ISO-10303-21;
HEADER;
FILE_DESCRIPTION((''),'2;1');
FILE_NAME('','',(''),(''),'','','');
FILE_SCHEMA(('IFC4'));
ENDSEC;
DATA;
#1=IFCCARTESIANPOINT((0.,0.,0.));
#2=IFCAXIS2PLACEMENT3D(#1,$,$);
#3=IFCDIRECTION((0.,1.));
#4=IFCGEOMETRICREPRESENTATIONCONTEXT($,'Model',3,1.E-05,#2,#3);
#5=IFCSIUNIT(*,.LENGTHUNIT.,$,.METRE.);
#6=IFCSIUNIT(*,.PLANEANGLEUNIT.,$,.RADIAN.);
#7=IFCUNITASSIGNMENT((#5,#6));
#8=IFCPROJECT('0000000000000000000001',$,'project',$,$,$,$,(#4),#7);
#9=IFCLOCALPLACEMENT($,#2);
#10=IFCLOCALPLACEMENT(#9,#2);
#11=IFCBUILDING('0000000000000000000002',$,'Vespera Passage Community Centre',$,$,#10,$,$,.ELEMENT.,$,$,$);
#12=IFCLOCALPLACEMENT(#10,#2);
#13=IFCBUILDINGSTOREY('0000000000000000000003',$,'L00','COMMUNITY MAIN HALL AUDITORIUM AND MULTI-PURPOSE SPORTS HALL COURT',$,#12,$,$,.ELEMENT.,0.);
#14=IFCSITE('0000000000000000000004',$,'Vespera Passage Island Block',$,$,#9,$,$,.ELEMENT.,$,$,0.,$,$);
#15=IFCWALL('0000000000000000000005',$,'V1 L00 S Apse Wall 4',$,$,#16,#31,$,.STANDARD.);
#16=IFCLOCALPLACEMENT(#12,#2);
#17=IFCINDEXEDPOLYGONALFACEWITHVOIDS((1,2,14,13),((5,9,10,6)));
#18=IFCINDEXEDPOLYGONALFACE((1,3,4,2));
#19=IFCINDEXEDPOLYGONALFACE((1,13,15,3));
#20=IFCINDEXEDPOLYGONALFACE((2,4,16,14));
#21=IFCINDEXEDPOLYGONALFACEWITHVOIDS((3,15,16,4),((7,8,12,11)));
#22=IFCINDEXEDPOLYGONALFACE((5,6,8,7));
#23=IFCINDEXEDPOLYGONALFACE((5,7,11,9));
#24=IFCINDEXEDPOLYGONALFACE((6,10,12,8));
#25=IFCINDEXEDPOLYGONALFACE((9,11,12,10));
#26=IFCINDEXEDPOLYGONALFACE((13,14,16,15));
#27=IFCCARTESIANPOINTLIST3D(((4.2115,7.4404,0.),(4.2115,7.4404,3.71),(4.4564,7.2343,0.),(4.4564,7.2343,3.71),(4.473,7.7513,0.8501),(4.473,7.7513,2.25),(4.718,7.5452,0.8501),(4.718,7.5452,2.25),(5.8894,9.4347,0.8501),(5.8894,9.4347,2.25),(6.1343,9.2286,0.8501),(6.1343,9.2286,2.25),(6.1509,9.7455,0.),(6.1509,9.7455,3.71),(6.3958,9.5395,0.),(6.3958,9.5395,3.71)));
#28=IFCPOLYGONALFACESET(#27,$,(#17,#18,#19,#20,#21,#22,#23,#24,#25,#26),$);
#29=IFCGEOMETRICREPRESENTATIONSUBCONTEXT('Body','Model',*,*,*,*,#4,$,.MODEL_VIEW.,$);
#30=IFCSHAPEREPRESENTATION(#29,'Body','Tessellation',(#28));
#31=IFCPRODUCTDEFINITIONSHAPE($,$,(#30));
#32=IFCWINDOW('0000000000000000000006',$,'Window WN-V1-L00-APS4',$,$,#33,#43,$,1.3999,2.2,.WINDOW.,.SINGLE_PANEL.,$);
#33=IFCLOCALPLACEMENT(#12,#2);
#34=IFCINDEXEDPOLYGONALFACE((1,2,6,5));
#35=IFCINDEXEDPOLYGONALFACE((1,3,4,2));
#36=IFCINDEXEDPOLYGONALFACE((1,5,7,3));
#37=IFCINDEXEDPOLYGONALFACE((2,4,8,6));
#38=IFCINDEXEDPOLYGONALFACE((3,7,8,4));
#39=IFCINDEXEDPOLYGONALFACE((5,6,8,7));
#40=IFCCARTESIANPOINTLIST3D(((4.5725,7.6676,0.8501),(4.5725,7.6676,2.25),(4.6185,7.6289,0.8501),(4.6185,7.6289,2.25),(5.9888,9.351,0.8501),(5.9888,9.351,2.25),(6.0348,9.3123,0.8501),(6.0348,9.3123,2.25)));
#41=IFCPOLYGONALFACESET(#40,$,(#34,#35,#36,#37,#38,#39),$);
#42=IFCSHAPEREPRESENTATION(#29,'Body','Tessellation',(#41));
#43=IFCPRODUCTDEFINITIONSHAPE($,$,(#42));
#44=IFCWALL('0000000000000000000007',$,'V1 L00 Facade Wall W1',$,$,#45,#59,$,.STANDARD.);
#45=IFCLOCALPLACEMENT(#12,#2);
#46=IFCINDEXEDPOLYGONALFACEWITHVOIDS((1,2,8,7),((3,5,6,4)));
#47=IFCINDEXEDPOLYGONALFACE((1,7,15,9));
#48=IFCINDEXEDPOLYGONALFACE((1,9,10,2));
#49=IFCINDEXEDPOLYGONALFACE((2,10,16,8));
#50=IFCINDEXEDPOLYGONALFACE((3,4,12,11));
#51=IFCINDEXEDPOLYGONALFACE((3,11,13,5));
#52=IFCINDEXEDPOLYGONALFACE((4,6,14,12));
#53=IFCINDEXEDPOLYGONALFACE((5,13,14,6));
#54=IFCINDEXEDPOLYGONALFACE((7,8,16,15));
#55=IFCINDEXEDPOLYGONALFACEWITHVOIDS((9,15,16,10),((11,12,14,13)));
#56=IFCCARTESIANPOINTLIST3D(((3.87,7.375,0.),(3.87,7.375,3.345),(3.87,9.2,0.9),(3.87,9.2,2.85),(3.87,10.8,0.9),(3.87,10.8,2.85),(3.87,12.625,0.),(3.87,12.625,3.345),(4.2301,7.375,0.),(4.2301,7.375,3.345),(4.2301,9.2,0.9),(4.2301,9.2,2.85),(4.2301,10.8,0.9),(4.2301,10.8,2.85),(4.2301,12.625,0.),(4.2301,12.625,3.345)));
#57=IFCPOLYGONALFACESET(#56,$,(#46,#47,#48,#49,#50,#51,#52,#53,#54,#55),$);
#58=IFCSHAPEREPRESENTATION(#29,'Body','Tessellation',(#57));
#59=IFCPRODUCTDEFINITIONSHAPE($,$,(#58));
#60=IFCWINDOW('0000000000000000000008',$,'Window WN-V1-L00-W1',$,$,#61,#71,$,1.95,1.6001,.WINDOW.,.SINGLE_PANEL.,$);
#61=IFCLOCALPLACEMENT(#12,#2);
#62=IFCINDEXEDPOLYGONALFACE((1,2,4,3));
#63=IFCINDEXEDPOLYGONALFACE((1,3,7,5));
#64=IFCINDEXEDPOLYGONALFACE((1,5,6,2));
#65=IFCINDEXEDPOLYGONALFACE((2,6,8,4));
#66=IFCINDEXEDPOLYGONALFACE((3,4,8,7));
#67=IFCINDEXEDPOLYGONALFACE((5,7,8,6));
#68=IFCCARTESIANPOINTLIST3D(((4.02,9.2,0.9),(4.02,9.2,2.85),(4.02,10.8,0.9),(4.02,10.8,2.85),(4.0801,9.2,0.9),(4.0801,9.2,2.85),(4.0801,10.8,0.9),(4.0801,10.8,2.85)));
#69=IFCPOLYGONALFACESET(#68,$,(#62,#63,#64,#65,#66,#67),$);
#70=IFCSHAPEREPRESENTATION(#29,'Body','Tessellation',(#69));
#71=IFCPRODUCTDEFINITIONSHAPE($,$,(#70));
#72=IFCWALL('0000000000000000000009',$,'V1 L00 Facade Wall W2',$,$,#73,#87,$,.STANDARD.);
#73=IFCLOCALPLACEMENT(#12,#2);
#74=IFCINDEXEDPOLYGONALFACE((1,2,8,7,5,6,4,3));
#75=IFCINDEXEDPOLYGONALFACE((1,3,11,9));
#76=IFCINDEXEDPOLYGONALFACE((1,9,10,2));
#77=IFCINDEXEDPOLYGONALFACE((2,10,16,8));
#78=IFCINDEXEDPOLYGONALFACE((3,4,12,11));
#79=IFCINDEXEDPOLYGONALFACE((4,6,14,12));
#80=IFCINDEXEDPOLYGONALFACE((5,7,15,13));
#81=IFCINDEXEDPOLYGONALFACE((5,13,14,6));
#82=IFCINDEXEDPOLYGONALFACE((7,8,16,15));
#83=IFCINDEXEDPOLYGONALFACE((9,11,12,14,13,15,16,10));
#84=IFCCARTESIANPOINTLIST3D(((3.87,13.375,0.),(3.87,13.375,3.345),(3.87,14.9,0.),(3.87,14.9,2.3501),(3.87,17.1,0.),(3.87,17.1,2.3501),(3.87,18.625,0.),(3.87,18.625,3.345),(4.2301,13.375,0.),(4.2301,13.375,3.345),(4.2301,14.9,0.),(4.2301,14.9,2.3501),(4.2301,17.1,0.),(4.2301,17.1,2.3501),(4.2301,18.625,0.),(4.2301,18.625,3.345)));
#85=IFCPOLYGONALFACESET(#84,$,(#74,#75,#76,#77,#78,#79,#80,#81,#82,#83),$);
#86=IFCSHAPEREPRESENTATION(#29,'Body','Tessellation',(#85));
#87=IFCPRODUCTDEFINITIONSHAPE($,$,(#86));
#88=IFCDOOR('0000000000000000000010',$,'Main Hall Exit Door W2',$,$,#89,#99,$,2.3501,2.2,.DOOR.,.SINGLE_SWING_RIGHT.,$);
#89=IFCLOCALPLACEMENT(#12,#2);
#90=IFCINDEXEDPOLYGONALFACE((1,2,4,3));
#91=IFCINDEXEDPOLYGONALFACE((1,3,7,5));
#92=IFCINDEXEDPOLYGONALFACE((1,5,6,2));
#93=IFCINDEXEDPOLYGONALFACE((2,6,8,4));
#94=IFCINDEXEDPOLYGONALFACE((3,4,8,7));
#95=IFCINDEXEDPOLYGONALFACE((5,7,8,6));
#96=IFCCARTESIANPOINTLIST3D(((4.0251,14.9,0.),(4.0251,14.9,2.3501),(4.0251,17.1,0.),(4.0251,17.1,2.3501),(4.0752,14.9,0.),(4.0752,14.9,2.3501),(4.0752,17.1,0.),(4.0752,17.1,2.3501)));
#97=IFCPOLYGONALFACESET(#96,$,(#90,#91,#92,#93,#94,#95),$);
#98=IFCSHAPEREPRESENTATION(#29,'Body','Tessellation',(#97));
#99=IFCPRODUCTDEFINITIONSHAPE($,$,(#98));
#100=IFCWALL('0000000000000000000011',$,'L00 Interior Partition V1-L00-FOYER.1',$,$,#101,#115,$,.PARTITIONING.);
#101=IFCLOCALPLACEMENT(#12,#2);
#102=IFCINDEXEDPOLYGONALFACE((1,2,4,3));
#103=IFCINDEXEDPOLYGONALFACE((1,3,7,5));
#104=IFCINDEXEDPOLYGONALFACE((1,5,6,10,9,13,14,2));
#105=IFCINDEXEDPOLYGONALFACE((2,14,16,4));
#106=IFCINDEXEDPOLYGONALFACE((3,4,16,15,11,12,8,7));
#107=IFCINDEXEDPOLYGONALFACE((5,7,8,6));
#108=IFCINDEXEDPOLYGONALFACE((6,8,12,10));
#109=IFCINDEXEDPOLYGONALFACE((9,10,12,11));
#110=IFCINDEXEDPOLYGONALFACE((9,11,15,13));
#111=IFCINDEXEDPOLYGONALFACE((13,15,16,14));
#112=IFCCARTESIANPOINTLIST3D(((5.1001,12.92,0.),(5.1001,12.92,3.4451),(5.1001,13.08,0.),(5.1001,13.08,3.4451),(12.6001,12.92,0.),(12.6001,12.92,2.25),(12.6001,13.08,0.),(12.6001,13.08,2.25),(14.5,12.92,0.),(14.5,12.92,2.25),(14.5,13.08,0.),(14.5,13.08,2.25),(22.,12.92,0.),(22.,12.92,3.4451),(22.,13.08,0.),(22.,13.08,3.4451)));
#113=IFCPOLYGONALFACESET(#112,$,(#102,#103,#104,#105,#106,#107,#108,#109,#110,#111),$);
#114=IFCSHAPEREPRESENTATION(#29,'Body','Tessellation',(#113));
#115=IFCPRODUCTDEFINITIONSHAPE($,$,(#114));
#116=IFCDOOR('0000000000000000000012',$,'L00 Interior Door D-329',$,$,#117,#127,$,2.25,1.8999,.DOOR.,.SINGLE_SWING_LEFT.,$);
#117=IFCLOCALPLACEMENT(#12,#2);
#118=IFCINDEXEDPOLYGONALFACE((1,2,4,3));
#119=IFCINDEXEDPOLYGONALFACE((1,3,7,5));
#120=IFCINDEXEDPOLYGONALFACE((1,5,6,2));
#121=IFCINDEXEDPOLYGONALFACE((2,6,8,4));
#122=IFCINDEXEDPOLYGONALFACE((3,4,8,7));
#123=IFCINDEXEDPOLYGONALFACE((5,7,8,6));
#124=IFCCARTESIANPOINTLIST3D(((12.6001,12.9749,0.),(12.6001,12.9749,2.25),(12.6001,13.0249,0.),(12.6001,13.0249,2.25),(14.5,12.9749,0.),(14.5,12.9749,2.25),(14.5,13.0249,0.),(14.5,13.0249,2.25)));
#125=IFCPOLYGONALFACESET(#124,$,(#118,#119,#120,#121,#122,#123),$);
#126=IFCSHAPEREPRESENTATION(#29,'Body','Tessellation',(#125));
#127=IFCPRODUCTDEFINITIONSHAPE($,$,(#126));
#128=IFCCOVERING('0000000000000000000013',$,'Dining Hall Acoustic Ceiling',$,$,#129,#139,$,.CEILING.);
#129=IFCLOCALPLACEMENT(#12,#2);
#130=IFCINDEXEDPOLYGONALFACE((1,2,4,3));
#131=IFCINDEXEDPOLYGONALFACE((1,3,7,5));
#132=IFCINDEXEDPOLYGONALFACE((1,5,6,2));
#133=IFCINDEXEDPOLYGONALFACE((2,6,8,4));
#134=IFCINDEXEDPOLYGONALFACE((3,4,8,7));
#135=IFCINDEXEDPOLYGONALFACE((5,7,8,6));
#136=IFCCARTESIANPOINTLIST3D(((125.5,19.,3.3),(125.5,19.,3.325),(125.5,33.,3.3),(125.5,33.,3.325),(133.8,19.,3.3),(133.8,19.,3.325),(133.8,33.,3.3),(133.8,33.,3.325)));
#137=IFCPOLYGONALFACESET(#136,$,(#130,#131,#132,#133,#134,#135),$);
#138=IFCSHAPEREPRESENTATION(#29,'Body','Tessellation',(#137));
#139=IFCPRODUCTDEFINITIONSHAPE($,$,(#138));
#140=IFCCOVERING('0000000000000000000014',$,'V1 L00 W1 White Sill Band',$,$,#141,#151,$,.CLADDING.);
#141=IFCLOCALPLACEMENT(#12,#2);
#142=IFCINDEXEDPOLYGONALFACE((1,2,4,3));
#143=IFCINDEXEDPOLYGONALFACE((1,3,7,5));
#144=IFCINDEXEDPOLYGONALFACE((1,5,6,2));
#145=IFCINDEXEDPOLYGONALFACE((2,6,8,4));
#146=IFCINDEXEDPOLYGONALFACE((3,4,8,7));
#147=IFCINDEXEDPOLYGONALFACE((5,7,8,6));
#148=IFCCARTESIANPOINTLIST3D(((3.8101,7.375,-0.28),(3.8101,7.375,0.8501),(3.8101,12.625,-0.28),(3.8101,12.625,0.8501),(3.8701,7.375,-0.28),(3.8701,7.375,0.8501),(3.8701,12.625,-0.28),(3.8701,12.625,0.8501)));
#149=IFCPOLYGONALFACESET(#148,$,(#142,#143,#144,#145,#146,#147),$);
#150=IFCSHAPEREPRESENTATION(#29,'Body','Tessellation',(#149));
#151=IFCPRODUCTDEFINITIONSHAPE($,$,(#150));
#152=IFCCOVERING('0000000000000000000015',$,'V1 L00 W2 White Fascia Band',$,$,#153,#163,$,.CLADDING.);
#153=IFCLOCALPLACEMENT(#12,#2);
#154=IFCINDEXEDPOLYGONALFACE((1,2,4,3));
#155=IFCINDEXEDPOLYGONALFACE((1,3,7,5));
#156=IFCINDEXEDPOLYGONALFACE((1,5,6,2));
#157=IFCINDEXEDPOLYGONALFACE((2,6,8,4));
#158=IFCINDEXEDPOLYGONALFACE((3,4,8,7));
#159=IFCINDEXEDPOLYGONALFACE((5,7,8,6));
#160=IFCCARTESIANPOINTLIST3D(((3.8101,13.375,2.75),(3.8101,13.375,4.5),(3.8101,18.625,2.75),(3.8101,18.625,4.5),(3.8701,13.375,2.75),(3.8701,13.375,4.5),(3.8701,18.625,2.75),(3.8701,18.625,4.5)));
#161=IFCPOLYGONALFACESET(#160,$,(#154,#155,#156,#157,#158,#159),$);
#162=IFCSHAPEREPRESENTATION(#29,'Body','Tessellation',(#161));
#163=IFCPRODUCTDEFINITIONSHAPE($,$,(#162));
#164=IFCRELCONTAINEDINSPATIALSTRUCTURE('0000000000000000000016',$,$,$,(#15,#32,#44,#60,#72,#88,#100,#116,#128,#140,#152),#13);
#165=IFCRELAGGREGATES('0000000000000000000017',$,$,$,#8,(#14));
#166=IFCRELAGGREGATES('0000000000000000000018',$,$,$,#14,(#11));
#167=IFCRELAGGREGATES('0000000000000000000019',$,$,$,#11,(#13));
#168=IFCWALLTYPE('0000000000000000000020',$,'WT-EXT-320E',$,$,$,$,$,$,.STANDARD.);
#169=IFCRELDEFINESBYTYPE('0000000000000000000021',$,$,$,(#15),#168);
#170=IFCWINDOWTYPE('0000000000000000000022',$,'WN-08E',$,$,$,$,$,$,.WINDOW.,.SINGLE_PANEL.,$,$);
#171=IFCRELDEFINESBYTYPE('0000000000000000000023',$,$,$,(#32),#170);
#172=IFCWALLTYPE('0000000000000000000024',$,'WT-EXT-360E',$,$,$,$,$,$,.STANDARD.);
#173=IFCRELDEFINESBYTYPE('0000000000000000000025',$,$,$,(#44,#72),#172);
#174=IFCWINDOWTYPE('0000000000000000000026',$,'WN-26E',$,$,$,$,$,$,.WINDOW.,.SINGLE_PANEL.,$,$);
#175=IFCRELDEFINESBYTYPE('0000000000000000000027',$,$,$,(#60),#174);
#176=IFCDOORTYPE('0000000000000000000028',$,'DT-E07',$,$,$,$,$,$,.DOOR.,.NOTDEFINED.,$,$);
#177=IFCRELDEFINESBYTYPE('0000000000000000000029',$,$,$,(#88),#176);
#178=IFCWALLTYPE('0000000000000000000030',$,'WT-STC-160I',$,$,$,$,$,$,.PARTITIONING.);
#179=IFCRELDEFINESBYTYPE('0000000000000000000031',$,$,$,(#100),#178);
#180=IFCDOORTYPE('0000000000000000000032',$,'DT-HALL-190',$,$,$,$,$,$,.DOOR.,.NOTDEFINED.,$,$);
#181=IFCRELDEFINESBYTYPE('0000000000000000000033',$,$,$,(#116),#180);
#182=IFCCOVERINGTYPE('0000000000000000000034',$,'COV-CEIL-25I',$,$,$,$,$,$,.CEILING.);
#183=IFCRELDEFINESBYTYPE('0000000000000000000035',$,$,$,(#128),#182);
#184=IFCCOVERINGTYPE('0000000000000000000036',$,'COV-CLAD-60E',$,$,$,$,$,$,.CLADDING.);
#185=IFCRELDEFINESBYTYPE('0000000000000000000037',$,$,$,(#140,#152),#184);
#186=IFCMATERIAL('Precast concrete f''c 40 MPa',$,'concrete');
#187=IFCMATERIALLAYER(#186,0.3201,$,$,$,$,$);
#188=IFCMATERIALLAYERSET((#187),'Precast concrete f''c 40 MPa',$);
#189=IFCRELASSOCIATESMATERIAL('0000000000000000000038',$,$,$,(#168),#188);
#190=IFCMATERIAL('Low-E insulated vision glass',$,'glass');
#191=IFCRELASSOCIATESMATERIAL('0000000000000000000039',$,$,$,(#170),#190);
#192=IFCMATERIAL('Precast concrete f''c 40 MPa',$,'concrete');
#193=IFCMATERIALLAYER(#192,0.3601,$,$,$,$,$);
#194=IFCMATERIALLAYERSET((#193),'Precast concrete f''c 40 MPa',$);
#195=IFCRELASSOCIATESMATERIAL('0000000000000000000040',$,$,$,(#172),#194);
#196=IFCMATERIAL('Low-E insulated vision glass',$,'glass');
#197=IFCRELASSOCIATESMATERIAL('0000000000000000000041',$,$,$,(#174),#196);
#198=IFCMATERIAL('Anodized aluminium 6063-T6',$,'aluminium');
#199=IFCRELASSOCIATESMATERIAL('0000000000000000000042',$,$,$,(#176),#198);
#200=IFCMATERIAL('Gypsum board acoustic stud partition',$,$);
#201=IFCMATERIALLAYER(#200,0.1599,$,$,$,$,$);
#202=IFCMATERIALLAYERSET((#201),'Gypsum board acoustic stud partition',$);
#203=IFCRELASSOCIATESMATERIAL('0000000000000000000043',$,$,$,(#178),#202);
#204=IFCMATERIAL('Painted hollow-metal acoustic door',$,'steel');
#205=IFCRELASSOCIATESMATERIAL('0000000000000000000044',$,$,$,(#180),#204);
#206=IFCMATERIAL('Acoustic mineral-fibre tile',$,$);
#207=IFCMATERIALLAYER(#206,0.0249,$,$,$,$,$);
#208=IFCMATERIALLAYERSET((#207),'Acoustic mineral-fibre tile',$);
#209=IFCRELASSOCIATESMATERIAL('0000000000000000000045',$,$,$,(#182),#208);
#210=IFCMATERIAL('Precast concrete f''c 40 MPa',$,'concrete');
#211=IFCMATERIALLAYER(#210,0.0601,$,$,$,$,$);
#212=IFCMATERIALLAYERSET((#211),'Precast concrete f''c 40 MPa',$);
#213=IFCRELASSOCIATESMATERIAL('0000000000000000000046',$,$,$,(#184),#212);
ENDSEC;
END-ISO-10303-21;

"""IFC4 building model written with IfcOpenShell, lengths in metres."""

from ifc_helpers import new_model, si_unit, direction, frame, frame_2d, origin, place, context, subcontext, project, spatial, polyline, rectangle, outline, extrude, material, layer, layer_set, type_object, element, fill, save


model = new_model("IFC4")

# Units and contexts
model_context = context("Model", 3, precision=1e-05, world=origin(), true_north=direction((0.0, 1.0)))
body_context = subcontext(model_context, "Body", "Model", "MODEL_VIEW")
ifc_project = project(units=[si_unit("LENGTHUNIT", "METRE"), si_unit("PLANEANGLEUNIT", "RADIAN")], contexts=[model_context])

# Site, building, storey
site_placement = place(None, origin())
site = spatial("IfcSite", under=ifc_project, at=site_placement, Name="Vespera Passage Island Block", CompositionType="ELEMENT", RefElevation=0.0)
building_placement = place(site_placement, origin())
building = spatial("IfcBuilding", under=site, at=building_placement, Name="Vespera Passage Community Centre", CompositionType="ELEMENT")
storey_placement = place(building_placement, origin())
storey = spatial("IfcBuildingStorey", under=building, at=storey_placement, Name="L00", Description="COMMUNITY MAIN HALL AUDITORIUM AND MULTI-PURPOSE SPORTS HALL COURT", CompositionType="ELEMENT", Elevation=0.0)

# Walls, openings, windows
ifc_material_1 = material(Name="Precast concrete f'c 40 MPa", Category="concrete")
ifc_layer_1 = layer(ifc_material_1, 0.3201)
ifc_layer_set_1 = layer_set([ifc_layer_1], Name="Precast concrete f'c 40 MPa")
wall_type_1 = type_object("IfcWallType", Name="WT-EXT-320E", PredefinedType="STANDARD", material=ifc_layer_set_1)
wall_1_placement = place(storey_placement, frame((6.2734, 9.6426, 0.0), z_axis=(0.0, 0.0, 1.0), x_axis=(-0.643796, -0.765197, 0.0)))
wall_1 = element("IfcWall", 1, at=wall_1_placement, inside=storey, type_object=wall_type_1, Name="V1 L00 S Apse Wall 4", PredefinedType="STANDARD", context=body_context, shape_type="SweptSolid", body=[
    extrude(rectangle(XDim=3.0125, YDim=0.3201, at=frame_2d((1.5063, 0.0))), origin(), (0.0, 0.0, 1.0), 3.71),
])
opening_1_placement = place(wall_1_placement, frame((0.4062, 0.0, 0.8501)))
opening_1 = element("IfcOpeningElement", 2, at=opening_1_placement, cuts=wall_1, PredefinedType="OPENING", context=body_context, shape_type="SweptSolid", body=[
    extrude(rectangle(XDim=2.2, YDim=1.3999, at=frame_2d((1.1001, 0.7))), frame((0.0, 0.1702, 0.0), z_axis=(0.0, -1.0, 0.0), x_axis=(1.0, 0.0, 0.0)), (0.0, 0.0, 1.0), 0.3401),
])
ifc_material_2 = material(Name="Low-E insulated vision glass", Category="glass")
window_type_1 = type_object("IfcWindowType", Name="WN-08E", PartitioningType="SINGLE_PANEL", PredefinedType="WINDOW", material=ifc_material_2)
window_1_placement = place(opening_1_placement, origin())
window_1 = element("IfcWindow", 3, at=window_1_placement, inside=storey, type_object=window_type_1, Name="Window WN-V1-L00-APS4", OverallHeight=1.3999, OverallWidth=2.2, PartitioningType="SINGLE_PANEL", PredefinedType="WINDOW", context=body_context, shape_type="SweptSolid", body=[
    extrude(rectangle(XDim=2.2, YDim=1.3999, at=frame_2d((1.1001, 0.7))), frame((0.0, 0.03, 0.0), z_axis=(0.0, -1.0, 0.0), x_axis=(1.0, 0.0, 0.0)), (0.0, 0.0, 1.0), 0.0601),
])
fill(opening_1, window_1)
ifc_material_3 = material(Name="Precast concrete f'c 40 MPa", Category="concrete")
ifc_layer_2 = layer(ifc_material_3, 0.3601)
ifc_layer_set_2 = layer_set([ifc_layer_2], Name="Precast concrete f'c 40 MPa")
wall_type_2 = type_object("IfcWallType", Name="WT-EXT-360E", PredefinedType="STANDARD", material=ifc_layer_set_2)
wall_2_placement = place(storey_placement, frame((4.05, 7.375, 0.0), z_axis=(0.0, 0.0, 1.0), x_axis=(0.0, 1.0, 0.0)))
wall_2 = element("IfcWall", 4, at=wall_2_placement, inside=storey, type_object=wall_type_2, Name="V1 L00 Facade Wall W1", PredefinedType="STANDARD", context=body_context, shape_type="SweptSolid", body=[
    extrude(rectangle(XDim=5.25, YDim=0.3601, at=frame_2d((2.625, 0.0))), origin(), (0.0, 0.0, 1.0), 3.345),
])
opening_2_placement = place(wall_2_placement, frame((1.825, 0.0, 0.8999)))
opening_2 = element("IfcOpeningElement", 5, at=opening_2_placement, cuts=wall_2, PredefinedType="OPENING", context=body_context, shape_type="SweptSolid", body=[
    extrude(rectangle(XDim=1.6001, YDim=1.95, at=frame_2d((0.8, 0.9751))), frame((0.0, 0.1902, 0.0), z_axis=(0.0, -1.0, 0.0), x_axis=(1.0, 0.0, 0.0)), (0.0, 0.0, 1.0), 0.3801),
])
ifc_material_4 = material(Name="Low-E insulated vision glass", Category="glass")
window_type_2 = type_object("IfcWindowType", Name="WN-26E", PartitioningType="SINGLE_PANEL", PredefinedType="WINDOW", material=ifc_material_4)
window_2_placement = place(opening_2_placement, origin())
window_2 = element("IfcWindow", 6, at=window_2_placement, inside=storey, type_object=window_type_2, Name="Window WN-V1-L00-W1", OverallHeight=1.95, OverallWidth=1.6001, PartitioningType="SINGLE_PANEL", PredefinedType="WINDOW", context=body_context, shape_type="SweptSolid", body=[
    extrude(rectangle(XDim=1.6001, YDim=1.95, at=frame_2d((0.8, 0.9751))), frame((0.0, 0.03, 0.0), z_axis=(0.0, -1.0, 0.0), x_axis=(1.0, 0.0, 0.0)), (0.0, 0.0, 1.0), 0.0601),
])
fill(opening_2, window_2)

# Walls, openings, doors
wall_3_placement = place(storey_placement, frame((4.05, 13.375, 0.0), z_axis=(0.0, 0.0, 1.0), x_axis=(0.0, 1.0, 0.0)))
wall_3 = element("IfcWall", 7, at=wall_3_placement, inside=storey, type_object=wall_type_2, Name="V1 L00 Facade Wall W2", PredefinedType="STANDARD", context=body_context, shape_type="SweptSolid", body=[
    extrude(rectangle(XDim=5.25, YDim=0.3601, at=frame_2d((2.625, 0.0))), origin(), (0.0, 0.0, 1.0), 3.345),
])
opening_3_placement = place(wall_3_placement, frame((1.5249, 0.0, 0.0)))
opening_3 = element("IfcOpeningElement", 8, at=opening_3_placement, cuts=wall_3, PredefinedType="OPENING", context=body_context, shape_type="SweptSolid", body=[
    extrude(rectangle(XDim=2.2, YDim=2.3501, at=frame_2d((1.1001, 1.175))), frame((0.0, 0.1902, 0.0), z_axis=(0.0, -1.0, 0.0), x_axis=(1.0, 0.0, 0.0)), (0.0, 0.0, 1.0), 0.3801),
])
ifc_material_5 = material(Name="Anodized aluminium 6063-T6", Category="aluminium")
door_type_1 = type_object("IfcDoorType", Name="DT-E07", OperationType="NOTDEFINED", PredefinedType="DOOR", material=ifc_material_5)
door_1_placement = place(opening_3_placement, origin())
door_1 = element("IfcDoor", 9, at=door_1_placement, inside=storey, type_object=door_type_1, Name="Main Hall Exit Door W2", OperationType="SINGLE_SWING_RIGHT", OverallHeight=2.3501, OverallWidth=2.2, PredefinedType="DOOR", context=body_context, shape_type="SweptSolid", body=[
    extrude(rectangle(XDim=2.2, YDim=2.3501, at=frame_2d((1.1001, 1.175))), frame((0.0, 0.0249, 0.0), z_axis=(0.0, -1.0, 0.0), x_axis=(1.0, 0.0, 0.0)), (0.0, 0.0, 1.0), 0.05),
])
fill(opening_3, door_1)
ifc_material_6 = material(Name="Gypsum board acoustic stud partition")
ifc_layer_3 = layer(ifc_material_6, 0.1599)
ifc_layer_set_3 = layer_set([ifc_layer_3], Name="Gypsum board acoustic stud partition")
wall_type_3 = type_object("IfcWallType", Name="WT-STC-160I", PredefinedType="PARTITIONING", material=ifc_layer_set_3)
wall_4_placement = place(storey_placement, frame((5.1001, 13.0, 0.0), z_axis=(0.0, 0.0, 1.0), x_axis=(1.0, 0.0, 0.0)))
wall_4 = element("IfcWall", 10, at=wall_4_placement, inside=storey, type_object=wall_type_3, Name="L00 Interior Partition V1-L00-FOYER.1", PredefinedType="PARTITIONING", context=body_context, shape_type="SweptSolid", body=[
    extrude(rectangle(XDim=16.8999, YDim=0.1599, at=frame_2d((8.45, 0.0))), origin(), (0.0, 0.0, 1.0), 3.4451),
])
opening_4_placement = place(wall_4_placement, frame((7.5, 0.0, 0.0)))
opening_4 = element("IfcOpeningElement", 11, at=opening_4_placement, cuts=wall_4, PredefinedType="OPENING", context=body_context, shape_type="SweptSolid", body=[
    extrude(rectangle(XDim=1.8999, YDim=2.25, at=frame_2d((0.95, 1.125))), frame((0.0, 0.0901, 0.0), z_axis=(0.0, -1.0, 0.0), x_axis=(1.0, 0.0, 0.0)), (0.0, 0.0, 1.0), 0.1799),
])
ifc_material_7 = material(Name="Painted hollow-metal acoustic door", Category="steel")
door_type_2 = type_object("IfcDoorType", Name="DT-HALL-190", OperationType="NOTDEFINED", PredefinedType="DOOR", material=ifc_material_7)
door_2_placement = place(opening_4_placement, origin())
door_2 = element("IfcDoor", 12, at=door_2_placement, inside=storey, type_object=door_type_2, Name="L00 Interior Door D-329", OperationType="SINGLE_SWING_LEFT", OverallHeight=2.25, OverallWidth=1.8999, PredefinedType="DOOR", context=body_context, shape_type="SweptSolid", body=[
    extrude(rectangle(XDim=1.8999, YDim=2.25, at=frame_2d((0.95, 1.125))), frame((0.0, 0.0249, 0.0), z_axis=(0.0, -1.0, 0.0), x_axis=(1.0, 0.0, 0.0)), (0.0, 0.0, 1.0), 0.05),
])
fill(opening_4, door_2)

# Coverings
ifc_material_8 = material(Name="Acoustic mineral-fibre tile")
ifc_layer_4 = layer(ifc_material_8, 0.0249)
ifc_layer_set_4 = layer_set([ifc_layer_4], Name="Acoustic mineral-fibre tile")
covering_type_1 = type_object("IfcCoveringType", Name="COV-CEIL-25I", PredefinedType="CEILING", material=ifc_layer_set_4)
covering_1_placement = place(storey_placement, frame((0.0, 0.0, 3.3)))
element("IfcCovering", 13, at=covering_1_placement, inside=storey, type_object=covering_type_1, Name="Dining Hall Acoustic Ceiling", PredefinedType="CEILING", context=body_context, shape_type="SweptSolid", body=[
    extrude(outline(polyline([(125.5, 19.0), (133.8, 19.0), (133.8, 33.0), (125.5, 33.0), (125.5, 19.0)])), origin(), (0.0, 0.0, 1.0), 0.0249),
])
ifc_material_9 = material(Name="Precast concrete f'c 40 MPa", Category="concrete")
ifc_layer_5 = layer(ifc_material_9, 0.0601)
ifc_layer_set_5 = layer_set([ifc_layer_5], Name="Precast concrete f'c 40 MPa")
covering_type_2 = type_object("IfcCoveringType", Name="COV-CLAD-60E", PredefinedType="CLADDING", material=ifc_layer_set_5)
covering_2_placement = place(storey_placement, frame((3.8401, 7.375, -0.28), z_axis=(0.0, 0.0, 1.0), x_axis=(0.0, 1.0, 0.0)))
element("IfcCovering", 14, at=covering_2_placement, inside=storey, type_object=covering_type_2, Name="V1 L00 W1 White Sill Band", PredefinedType="CLADDING", context=body_context, shape_type="SweptSolid", body=[
    extrude(rectangle(XDim=5.25, YDim=0.0601, at=frame_2d((2.625, 0.0))), origin(), (0.0, 0.0, 1.0), 1.1301),
])
covering_3_placement = place(storey_placement, frame((3.8401, 13.375, 2.75), z_axis=(0.0, 0.0, 1.0), x_axis=(0.0, 1.0, 0.0)))
element("IfcCovering", 15, at=covering_3_placement, inside=storey, type_object=covering_type_2, Name="V1 L00 W2 White Fascia Band", PredefinedType="CLADDING", context=body_context, shape_type="SweptSolid", body=[
    extrude(rectangle(XDim=5.25, YDim=0.0601, at=frame_2d((2.625, 0.0))), origin(), (0.0, 0.0, 1.0), 1.75),
])

save(model, "model.ifc")
